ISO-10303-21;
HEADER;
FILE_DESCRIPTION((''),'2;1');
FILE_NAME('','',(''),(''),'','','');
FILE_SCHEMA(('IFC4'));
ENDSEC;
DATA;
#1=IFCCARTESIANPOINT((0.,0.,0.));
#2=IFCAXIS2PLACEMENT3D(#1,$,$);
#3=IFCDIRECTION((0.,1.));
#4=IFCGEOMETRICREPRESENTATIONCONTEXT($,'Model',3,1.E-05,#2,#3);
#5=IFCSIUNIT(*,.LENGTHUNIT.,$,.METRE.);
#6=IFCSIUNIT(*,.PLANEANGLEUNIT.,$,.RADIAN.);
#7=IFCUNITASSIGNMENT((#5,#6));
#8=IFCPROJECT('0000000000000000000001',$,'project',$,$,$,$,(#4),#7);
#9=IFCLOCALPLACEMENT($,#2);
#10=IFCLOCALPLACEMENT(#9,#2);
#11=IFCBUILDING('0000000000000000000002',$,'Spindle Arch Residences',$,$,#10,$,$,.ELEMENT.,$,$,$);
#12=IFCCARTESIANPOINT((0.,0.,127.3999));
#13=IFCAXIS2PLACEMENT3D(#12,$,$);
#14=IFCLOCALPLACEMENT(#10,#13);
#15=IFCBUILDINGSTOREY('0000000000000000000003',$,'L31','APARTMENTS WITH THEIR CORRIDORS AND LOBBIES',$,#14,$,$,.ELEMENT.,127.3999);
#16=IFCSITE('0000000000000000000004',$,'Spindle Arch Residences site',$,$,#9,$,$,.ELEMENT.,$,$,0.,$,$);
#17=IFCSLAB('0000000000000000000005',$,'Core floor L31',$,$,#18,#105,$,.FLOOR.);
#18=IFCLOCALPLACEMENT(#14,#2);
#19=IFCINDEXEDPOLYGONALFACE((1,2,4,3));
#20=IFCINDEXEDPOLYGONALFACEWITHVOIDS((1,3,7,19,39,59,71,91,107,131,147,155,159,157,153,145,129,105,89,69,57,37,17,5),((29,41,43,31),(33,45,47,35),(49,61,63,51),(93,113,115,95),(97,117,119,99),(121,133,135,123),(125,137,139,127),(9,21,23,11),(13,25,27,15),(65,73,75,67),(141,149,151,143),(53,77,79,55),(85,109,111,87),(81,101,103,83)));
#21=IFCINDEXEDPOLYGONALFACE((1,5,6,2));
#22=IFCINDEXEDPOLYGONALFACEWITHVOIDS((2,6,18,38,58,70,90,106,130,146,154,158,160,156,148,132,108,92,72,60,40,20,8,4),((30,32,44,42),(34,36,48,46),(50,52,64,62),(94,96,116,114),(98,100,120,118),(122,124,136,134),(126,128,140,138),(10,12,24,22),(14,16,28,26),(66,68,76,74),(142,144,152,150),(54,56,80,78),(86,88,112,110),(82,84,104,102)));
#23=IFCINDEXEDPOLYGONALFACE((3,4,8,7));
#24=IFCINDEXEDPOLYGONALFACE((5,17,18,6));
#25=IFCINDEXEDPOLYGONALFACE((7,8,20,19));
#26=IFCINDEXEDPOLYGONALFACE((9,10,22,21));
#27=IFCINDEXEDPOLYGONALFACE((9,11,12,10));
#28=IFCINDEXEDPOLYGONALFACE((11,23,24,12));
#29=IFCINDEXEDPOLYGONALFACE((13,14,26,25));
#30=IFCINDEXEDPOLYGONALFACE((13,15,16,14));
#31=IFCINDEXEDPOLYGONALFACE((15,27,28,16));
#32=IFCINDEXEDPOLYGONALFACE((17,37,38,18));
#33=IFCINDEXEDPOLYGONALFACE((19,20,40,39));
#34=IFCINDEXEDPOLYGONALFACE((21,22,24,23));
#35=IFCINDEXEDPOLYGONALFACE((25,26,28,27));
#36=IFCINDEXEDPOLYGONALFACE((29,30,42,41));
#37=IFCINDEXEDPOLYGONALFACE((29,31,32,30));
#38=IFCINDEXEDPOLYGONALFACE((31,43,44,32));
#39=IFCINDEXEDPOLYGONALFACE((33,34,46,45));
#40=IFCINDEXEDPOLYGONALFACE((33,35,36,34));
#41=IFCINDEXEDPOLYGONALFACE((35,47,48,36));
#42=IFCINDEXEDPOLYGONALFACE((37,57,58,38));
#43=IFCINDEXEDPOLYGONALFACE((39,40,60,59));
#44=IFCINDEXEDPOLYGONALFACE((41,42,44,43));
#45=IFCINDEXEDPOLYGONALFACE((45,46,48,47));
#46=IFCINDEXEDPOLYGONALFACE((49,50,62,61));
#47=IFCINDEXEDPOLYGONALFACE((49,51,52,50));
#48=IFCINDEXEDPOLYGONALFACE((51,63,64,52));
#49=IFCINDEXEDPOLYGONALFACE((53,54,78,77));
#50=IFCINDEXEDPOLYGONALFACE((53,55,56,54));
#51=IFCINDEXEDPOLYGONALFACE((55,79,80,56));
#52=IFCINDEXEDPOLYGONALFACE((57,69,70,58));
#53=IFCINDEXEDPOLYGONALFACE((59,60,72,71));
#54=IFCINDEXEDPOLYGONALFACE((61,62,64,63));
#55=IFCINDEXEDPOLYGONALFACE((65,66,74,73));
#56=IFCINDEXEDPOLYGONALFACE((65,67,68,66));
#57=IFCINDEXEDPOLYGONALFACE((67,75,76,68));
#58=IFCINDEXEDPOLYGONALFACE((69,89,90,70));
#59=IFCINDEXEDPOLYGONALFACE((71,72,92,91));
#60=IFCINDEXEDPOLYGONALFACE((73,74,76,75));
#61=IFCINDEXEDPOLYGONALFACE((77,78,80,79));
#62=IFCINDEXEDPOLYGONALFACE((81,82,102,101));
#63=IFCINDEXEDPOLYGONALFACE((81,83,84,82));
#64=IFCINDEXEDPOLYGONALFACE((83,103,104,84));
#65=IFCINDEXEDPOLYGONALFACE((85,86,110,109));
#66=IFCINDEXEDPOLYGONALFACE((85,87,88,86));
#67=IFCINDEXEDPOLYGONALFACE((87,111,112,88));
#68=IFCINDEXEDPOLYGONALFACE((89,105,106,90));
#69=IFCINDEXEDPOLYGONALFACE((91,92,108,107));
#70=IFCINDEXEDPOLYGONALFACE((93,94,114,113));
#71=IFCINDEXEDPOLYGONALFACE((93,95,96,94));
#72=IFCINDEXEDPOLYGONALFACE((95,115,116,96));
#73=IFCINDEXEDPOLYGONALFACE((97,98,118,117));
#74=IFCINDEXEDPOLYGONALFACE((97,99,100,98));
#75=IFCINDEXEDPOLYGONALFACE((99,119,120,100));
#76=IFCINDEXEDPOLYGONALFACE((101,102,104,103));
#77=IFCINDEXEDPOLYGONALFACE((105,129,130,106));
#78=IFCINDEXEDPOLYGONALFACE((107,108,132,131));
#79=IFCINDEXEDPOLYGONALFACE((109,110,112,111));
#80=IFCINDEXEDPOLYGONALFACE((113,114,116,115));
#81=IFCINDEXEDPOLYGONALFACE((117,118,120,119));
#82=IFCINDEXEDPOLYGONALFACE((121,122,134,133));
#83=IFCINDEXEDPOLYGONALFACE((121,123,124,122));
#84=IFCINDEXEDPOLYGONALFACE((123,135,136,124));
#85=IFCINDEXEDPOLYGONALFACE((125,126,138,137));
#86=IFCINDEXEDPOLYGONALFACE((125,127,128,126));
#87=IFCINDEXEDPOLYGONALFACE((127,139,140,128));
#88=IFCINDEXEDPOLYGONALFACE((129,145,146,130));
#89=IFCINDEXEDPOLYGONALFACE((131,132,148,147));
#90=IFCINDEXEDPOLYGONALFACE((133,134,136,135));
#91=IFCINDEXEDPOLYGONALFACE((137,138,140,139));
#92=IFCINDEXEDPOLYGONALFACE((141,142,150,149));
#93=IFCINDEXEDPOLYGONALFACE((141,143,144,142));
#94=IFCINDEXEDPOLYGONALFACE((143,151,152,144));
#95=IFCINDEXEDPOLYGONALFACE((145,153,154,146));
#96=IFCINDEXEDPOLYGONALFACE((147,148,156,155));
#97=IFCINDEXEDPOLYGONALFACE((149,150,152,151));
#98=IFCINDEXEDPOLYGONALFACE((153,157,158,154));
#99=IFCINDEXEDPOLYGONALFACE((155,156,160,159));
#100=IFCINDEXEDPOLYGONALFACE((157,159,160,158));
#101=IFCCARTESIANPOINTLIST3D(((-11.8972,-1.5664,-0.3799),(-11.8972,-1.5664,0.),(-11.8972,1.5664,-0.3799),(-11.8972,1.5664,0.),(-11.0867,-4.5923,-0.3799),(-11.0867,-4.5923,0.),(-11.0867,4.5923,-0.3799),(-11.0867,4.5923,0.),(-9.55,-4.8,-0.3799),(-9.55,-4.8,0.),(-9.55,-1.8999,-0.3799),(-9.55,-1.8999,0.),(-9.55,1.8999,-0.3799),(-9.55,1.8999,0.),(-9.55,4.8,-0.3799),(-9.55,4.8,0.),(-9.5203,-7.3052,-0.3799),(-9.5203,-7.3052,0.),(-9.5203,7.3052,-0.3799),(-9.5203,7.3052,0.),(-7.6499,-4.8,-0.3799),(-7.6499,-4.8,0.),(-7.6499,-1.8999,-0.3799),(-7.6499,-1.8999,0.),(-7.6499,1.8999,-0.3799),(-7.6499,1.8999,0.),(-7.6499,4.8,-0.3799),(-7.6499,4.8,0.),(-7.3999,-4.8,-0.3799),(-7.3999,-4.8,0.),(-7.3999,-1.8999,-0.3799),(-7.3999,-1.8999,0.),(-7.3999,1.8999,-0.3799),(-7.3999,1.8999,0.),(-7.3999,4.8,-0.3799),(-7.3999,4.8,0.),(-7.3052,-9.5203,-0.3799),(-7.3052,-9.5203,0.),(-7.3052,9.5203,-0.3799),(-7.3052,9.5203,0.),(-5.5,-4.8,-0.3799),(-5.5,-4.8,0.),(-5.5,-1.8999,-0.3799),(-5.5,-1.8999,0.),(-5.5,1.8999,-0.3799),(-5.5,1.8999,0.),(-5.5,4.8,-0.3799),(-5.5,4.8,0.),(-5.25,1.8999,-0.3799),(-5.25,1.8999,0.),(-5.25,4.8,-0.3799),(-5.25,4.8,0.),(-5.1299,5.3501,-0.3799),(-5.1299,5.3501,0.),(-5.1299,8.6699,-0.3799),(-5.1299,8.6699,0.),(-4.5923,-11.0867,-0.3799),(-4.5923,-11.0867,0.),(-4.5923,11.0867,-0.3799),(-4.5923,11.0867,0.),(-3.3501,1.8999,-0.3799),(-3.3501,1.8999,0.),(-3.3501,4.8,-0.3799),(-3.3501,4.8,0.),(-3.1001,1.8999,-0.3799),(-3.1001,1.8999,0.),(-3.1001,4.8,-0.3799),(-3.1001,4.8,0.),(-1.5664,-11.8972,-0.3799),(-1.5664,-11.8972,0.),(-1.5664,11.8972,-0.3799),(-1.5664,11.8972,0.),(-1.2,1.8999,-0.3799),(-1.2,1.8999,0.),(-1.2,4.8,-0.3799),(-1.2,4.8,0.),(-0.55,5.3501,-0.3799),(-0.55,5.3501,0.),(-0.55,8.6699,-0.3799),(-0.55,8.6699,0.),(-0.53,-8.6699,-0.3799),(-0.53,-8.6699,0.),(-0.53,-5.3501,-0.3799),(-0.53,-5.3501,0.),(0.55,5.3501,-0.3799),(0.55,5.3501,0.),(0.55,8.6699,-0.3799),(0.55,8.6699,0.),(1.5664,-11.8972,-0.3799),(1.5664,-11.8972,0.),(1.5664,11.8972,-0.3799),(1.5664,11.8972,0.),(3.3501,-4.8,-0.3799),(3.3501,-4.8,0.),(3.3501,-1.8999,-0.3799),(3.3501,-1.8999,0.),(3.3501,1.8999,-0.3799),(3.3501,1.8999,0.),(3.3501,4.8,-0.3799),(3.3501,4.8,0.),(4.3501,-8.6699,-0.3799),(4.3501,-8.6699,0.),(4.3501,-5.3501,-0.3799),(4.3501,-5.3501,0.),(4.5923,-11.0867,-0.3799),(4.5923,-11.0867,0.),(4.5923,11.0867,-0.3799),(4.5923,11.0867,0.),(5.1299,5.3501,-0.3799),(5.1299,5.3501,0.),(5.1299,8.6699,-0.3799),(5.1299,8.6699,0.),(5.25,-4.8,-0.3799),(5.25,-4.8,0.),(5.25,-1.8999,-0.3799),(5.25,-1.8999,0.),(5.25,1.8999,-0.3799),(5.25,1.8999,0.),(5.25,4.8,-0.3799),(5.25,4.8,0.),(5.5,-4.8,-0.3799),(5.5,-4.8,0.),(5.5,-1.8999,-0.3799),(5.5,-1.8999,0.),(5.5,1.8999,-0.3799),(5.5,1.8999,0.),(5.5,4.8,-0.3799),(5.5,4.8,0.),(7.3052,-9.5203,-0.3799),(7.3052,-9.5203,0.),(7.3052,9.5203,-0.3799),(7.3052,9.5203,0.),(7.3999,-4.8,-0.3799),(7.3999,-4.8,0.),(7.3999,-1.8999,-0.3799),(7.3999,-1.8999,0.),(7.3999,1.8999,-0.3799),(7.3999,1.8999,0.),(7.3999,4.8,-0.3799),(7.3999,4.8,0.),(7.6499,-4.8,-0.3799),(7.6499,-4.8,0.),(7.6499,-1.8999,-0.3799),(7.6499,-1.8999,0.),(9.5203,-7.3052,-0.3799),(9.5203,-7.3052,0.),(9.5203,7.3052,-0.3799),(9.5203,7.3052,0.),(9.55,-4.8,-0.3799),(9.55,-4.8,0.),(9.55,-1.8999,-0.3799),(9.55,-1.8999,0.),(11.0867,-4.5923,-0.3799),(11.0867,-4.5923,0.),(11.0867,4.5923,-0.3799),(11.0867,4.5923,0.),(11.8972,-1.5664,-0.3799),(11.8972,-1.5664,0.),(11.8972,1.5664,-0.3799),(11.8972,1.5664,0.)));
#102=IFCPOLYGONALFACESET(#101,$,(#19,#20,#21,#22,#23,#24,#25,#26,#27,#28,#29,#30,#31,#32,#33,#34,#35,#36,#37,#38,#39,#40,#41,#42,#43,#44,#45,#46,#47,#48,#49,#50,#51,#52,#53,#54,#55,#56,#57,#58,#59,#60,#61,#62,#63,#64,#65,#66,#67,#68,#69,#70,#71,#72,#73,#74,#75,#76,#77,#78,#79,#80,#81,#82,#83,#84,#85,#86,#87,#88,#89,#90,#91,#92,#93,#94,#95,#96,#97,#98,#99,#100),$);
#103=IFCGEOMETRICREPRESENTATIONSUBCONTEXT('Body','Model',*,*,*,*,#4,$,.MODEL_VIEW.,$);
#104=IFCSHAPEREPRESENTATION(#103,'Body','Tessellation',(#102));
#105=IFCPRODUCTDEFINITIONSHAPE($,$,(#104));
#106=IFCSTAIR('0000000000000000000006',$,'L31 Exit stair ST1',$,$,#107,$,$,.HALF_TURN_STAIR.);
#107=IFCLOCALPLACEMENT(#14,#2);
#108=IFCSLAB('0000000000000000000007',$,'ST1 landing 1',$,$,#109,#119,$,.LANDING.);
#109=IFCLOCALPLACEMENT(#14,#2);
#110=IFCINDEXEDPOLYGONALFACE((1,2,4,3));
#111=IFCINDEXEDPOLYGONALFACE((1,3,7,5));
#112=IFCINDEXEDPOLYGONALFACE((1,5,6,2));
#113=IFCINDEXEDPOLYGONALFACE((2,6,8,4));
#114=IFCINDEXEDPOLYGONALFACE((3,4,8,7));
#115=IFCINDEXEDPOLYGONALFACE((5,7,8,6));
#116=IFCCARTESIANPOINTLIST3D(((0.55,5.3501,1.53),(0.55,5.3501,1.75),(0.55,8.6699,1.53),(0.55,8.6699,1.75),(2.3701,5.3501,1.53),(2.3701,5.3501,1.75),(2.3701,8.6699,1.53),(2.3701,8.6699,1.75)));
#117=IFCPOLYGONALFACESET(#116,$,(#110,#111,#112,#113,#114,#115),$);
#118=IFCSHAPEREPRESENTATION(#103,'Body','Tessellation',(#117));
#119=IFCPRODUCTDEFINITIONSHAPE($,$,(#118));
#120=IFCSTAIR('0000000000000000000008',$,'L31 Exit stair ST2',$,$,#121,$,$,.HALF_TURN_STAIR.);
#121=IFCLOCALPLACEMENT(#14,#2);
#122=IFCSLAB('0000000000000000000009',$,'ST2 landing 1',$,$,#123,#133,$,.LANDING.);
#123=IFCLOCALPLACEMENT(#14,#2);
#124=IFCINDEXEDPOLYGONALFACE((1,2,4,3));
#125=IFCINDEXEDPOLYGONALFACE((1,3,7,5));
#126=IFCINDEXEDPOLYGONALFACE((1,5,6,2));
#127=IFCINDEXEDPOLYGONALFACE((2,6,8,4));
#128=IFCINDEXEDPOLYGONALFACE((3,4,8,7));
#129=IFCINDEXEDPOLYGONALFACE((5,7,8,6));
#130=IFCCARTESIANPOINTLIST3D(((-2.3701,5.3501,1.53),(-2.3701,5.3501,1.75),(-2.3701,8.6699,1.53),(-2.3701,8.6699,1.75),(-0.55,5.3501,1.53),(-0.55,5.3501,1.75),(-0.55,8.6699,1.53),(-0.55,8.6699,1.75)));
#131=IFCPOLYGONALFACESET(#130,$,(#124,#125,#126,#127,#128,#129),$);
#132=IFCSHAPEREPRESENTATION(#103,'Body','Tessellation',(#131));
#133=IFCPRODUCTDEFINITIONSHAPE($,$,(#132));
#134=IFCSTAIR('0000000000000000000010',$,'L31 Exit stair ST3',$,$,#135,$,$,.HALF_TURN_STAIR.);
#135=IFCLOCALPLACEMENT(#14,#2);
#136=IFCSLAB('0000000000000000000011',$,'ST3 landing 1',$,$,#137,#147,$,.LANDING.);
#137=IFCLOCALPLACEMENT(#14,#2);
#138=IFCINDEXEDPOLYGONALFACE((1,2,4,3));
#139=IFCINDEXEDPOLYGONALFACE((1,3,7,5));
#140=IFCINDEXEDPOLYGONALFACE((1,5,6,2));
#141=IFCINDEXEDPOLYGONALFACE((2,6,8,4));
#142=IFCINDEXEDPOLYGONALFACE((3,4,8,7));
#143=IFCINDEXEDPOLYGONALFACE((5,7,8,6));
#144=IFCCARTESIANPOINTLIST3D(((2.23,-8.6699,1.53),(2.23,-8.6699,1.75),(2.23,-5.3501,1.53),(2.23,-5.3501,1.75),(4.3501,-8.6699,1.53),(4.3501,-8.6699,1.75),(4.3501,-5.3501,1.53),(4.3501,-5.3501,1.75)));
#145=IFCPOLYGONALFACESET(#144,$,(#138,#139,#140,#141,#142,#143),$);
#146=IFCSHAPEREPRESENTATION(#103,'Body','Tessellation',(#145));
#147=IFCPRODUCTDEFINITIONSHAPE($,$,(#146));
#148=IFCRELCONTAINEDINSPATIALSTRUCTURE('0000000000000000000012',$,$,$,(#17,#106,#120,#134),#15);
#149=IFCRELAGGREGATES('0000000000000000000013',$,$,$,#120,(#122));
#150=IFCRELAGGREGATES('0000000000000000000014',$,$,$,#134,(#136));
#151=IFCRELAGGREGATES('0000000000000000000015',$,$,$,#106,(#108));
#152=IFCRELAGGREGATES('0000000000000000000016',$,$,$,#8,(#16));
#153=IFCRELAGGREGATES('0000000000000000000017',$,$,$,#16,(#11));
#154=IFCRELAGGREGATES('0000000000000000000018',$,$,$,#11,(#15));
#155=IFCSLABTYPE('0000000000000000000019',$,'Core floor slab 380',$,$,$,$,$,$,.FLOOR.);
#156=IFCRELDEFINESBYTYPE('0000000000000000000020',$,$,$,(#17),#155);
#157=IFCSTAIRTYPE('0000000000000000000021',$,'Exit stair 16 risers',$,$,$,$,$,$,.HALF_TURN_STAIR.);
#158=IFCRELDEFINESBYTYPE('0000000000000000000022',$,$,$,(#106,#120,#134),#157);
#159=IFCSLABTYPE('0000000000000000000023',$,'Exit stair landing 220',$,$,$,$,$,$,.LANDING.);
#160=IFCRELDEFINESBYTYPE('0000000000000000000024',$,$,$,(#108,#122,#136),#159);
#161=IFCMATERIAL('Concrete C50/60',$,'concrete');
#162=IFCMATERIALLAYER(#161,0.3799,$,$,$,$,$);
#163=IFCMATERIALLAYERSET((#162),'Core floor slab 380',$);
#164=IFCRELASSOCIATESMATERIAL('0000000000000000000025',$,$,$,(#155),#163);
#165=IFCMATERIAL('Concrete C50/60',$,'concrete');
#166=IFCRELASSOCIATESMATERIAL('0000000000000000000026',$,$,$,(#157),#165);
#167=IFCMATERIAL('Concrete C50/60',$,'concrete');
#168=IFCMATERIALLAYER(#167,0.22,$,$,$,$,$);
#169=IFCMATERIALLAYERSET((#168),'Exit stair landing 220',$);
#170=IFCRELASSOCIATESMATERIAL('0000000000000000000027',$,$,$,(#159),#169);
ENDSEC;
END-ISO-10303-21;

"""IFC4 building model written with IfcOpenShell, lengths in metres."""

from ifc_helpers import new_model, si_unit, direction, frame, origin, place, context, subcontext, project, spatial, polyline, outline, extrude, material, layer, layer_set, type_object, element, aggregate, save


model = new_model("IFC4")

# Units and contexts
model_context = context("Model", 3, precision=1e-05, world=origin(), true_north=direction((0.0, 1.0)))
body_context = subcontext(model_context, "Body", "Model", "MODEL_VIEW")
ifc_project = project(units=[si_unit("LENGTHUNIT", "METRE"), si_unit("PLANEANGLEUNIT", "RADIAN")], contexts=[model_context])

# Site, building, storey
site_placement = place(None, origin())
site = spatial("IfcSite", under=ifc_project, at=site_placement, Name="Spindle Arch Residences site", CompositionType="ELEMENT", RefElevation=0.0)
building_placement = place(site_placement, origin())
building = spatial("IfcBuilding", under=site, at=building_placement, Name="Spindle Arch Residences", CompositionType="ELEMENT")
storey_placement = place(building_placement, frame((0.0, 0.0, 127.3999)))
storey = spatial("IfcBuildingStorey", under=building, at=storey_placement, Name="L31", Description="APARTMENTS WITH THEIR CORRIDORS AND LOBBIES", CompositionType="ELEMENT", Elevation=127.3999)

# Slab
ifc_material_1 = material(Name="Concrete C50/60", Category="concrete")
ifc_layer_1 = layer(ifc_material_1, 0.3799)
ifc_layer_set_1 = layer_set([ifc_layer_1], Name="Core floor slab 380")
slab_type_1 = type_object("IfcSlabType", Name="Core floor slab 380", PredefinedType="FLOOR", material=ifc_layer_set_1)
slab_1_placement = place(storey_placement, frame((0.0, 0.0, -0.3799)))
element("IfcSlab", 1, at=slab_1_placement, inside=storey, type_object=slab_type_1, Name="Core floor L31", PredefinedType="FLOOR", context=body_context, shape_type="SweptSolid", body=[
    extrude(outline(polyline([(1.5664, -11.8972), (4.5923, -11.0867), (7.3052, -9.5203), (9.5203, -7.3052), (11.0867, -4.5923), (11.8972, -1.5664), (11.8972, 1.5664), (11.0867, 4.5923), (9.5203, 7.3052), (7.3052, 9.5203), (4.5923, 11.0867), (1.5664, 11.8972), (-1.5664, 11.8972), (-4.5923, 11.0867), (-7.3052, 9.5203), (-9.5203, 7.3052), (-11.0867, 4.5923), (-11.8972, 1.5664), (-11.8972, -1.5664), (-11.0867, -4.5923), (-9.5203, -7.3052), (-7.3052, -9.5203), (-4.5923, -11.0867), (-1.5664, -11.8972), (1.5664, -11.8972)]), holes=[polyline([(-9.55, 1.8999), (-7.6499, 1.8999), (-7.6499, 4.8), (-9.55, 4.8), (-9.55, 1.8999)]), polyline([(-7.3999, 1.8999), (-5.5, 1.8999), (-5.5, 4.8), (-7.3999, 4.8), (-7.3999, 1.8999)]), polyline([(-5.25, 1.8999), (-3.3501, 1.8999), (-3.3501, 4.8), (-5.25, 4.8), (-5.25, 1.8999)]), polyline([(-3.1001, 1.8999), (-1.2, 1.8999), (-1.2, 4.8), (-3.1001, 4.8), (-3.1001, 1.8999)]), polyline([(3.3501, 1.8999), (5.25, 1.8999), (5.25, 4.8), (3.3501, 4.8), (3.3501, 1.8999)]), polyline([(5.5, 1.8999), (7.3999, 1.8999), (7.3999, 4.8), (5.5, 4.8), (5.5, 1.8999)]), polyline([(-9.55, -4.8), (-7.6499, -4.8), (-7.6499, -1.8999), (-9.55, -1.8999), (-9.55, -4.8)]), polyline([(-7.3999, -4.8), (-5.5, -4.8), (-5.5, -1.8999), (-7.3999, -1.8999), (-7.3999, -4.8)]), polyline([(3.3501, -4.8), (5.25, -4.8), (5.25, -1.8999), (3.3501, -1.8999), (3.3501, -4.8)]), polyline([(5.5, -4.8), (7.3999, -4.8), (7.3999, -1.8999), (5.5, -1.8999), (5.5, -4.8)]), polyline([(7.6499, -4.8), (9.55, -4.8), (9.55, -1.8999), (7.6499, -1.8999), (7.6499, -4.8)]), polyline([(5.1299, 8.6699), (0.55, 8.6699), (0.55, 5.3501), (5.1299, 5.3501), (5.1299, 8.6699)]), polyline([(-5.1299, 5.3501), (-0.55, 5.3501), (-0.55, 8.6699), (-5.1299, 8.6699), (-5.1299, 5.3501)]), polyline([(-0.53, -8.6699), (4.3501, -8.6699), (4.3501, -5.3501), (-0.53, -5.3501), (-0.53, -8.6699)])]), origin(), (0.0, 0.0, 1.0), 0.3799),
])

# Stairs, slabs
ifc_material_2 = material(Name="Concrete C50/60", Category="concrete")
stair_type = type_object("IfcStairType", Name="Exit stair 16 risers", PredefinedType="HALF_TURN_STAIR", material=ifc_material_2)
stair_1_placement = place(storey_placement, origin())
stair_1 = element("IfcStair", 2, at=stair_1_placement, inside=storey, type_object=stair_type, Name="L31 Exit stair ST1", PredefinedType="HALF_TURN_STAIR")
ifc_material_3 = material(Name="Concrete C50/60", Category="concrete")
ifc_layer_2 = layer(ifc_material_3, 0.22)
ifc_layer_set_2 = layer_set([ifc_layer_2], Name="Exit stair landing 220")
slab_type_2 = type_object("IfcSlabType", Name="Exit stair landing 220", PredefinedType="LANDING", material=ifc_layer_set_2)
slab_2_placement = place(storey_placement, frame((0.0, 0.0, 1.53)))
slab_2 = element("IfcSlab", 3, at=slab_2_placement, type_object=slab_type_2, Name="ST1 landing 1", PredefinedType="LANDING", context=body_context, shape_type="SweptSolid", body=[
    extrude(outline(polyline([(2.3701, 8.6699), (0.55, 8.6699), (0.55, 5.3501), (2.3701, 5.3501), (2.3701, 8.6699)])), origin(), (0.0, 0.0, 1.0), 0.22),
])
stair_2_placement = place(storey_placement, origin())
stair_2 = element("IfcStair", 4, at=stair_2_placement, inside=storey, type_object=stair_type, Name="L31 Exit stair ST2", PredefinedType="HALF_TURN_STAIR")
slab_3_placement = place(storey_placement, frame((0.0, 0.0, 1.53)))
slab_3 = element("IfcSlab", 5, at=slab_3_placement, type_object=slab_type_2, Name="ST2 landing 1", PredefinedType="LANDING", context=body_context, shape_type="SweptSolid", body=[
    extrude(outline(polyline([(-2.3701, 5.3501), (-0.55, 5.3501), (-0.55, 8.6699), (-2.3701, 8.6699), (-2.3701, 5.3501)])), origin(), (0.0, 0.0, 1.0), 0.22),
])
aggregate(stair_2, [slab_3])
stair_3_placement = place(storey_placement, origin())
stair_3 = element("IfcStair", 6, at=stair_3_placement, inside=storey, type_object=stair_type, Name="L31 Exit stair ST3", PredefinedType="HALF_TURN_STAIR")
slab_4_placement = place(storey_placement, frame((0.0, 0.0, 1.53)))
slab_4 = element("IfcSlab", 7, at=slab_4_placement, type_object=slab_type_2, Name="ST3 landing 1", PredefinedType="LANDING", context=body_context, shape_type="SweptSolid", body=[
    extrude(outline(polyline([(2.23, -8.6699), (4.3501, -8.6699), (4.3501, -5.3501), (2.23, -5.3501), (2.23, -8.6699)])), origin(), (0.0, 0.0, 1.0), 0.22),
])
aggregate(stair_3, [slab_4])

aggregate(stair_1, [slab_2])

save(model, "model.ifc")
